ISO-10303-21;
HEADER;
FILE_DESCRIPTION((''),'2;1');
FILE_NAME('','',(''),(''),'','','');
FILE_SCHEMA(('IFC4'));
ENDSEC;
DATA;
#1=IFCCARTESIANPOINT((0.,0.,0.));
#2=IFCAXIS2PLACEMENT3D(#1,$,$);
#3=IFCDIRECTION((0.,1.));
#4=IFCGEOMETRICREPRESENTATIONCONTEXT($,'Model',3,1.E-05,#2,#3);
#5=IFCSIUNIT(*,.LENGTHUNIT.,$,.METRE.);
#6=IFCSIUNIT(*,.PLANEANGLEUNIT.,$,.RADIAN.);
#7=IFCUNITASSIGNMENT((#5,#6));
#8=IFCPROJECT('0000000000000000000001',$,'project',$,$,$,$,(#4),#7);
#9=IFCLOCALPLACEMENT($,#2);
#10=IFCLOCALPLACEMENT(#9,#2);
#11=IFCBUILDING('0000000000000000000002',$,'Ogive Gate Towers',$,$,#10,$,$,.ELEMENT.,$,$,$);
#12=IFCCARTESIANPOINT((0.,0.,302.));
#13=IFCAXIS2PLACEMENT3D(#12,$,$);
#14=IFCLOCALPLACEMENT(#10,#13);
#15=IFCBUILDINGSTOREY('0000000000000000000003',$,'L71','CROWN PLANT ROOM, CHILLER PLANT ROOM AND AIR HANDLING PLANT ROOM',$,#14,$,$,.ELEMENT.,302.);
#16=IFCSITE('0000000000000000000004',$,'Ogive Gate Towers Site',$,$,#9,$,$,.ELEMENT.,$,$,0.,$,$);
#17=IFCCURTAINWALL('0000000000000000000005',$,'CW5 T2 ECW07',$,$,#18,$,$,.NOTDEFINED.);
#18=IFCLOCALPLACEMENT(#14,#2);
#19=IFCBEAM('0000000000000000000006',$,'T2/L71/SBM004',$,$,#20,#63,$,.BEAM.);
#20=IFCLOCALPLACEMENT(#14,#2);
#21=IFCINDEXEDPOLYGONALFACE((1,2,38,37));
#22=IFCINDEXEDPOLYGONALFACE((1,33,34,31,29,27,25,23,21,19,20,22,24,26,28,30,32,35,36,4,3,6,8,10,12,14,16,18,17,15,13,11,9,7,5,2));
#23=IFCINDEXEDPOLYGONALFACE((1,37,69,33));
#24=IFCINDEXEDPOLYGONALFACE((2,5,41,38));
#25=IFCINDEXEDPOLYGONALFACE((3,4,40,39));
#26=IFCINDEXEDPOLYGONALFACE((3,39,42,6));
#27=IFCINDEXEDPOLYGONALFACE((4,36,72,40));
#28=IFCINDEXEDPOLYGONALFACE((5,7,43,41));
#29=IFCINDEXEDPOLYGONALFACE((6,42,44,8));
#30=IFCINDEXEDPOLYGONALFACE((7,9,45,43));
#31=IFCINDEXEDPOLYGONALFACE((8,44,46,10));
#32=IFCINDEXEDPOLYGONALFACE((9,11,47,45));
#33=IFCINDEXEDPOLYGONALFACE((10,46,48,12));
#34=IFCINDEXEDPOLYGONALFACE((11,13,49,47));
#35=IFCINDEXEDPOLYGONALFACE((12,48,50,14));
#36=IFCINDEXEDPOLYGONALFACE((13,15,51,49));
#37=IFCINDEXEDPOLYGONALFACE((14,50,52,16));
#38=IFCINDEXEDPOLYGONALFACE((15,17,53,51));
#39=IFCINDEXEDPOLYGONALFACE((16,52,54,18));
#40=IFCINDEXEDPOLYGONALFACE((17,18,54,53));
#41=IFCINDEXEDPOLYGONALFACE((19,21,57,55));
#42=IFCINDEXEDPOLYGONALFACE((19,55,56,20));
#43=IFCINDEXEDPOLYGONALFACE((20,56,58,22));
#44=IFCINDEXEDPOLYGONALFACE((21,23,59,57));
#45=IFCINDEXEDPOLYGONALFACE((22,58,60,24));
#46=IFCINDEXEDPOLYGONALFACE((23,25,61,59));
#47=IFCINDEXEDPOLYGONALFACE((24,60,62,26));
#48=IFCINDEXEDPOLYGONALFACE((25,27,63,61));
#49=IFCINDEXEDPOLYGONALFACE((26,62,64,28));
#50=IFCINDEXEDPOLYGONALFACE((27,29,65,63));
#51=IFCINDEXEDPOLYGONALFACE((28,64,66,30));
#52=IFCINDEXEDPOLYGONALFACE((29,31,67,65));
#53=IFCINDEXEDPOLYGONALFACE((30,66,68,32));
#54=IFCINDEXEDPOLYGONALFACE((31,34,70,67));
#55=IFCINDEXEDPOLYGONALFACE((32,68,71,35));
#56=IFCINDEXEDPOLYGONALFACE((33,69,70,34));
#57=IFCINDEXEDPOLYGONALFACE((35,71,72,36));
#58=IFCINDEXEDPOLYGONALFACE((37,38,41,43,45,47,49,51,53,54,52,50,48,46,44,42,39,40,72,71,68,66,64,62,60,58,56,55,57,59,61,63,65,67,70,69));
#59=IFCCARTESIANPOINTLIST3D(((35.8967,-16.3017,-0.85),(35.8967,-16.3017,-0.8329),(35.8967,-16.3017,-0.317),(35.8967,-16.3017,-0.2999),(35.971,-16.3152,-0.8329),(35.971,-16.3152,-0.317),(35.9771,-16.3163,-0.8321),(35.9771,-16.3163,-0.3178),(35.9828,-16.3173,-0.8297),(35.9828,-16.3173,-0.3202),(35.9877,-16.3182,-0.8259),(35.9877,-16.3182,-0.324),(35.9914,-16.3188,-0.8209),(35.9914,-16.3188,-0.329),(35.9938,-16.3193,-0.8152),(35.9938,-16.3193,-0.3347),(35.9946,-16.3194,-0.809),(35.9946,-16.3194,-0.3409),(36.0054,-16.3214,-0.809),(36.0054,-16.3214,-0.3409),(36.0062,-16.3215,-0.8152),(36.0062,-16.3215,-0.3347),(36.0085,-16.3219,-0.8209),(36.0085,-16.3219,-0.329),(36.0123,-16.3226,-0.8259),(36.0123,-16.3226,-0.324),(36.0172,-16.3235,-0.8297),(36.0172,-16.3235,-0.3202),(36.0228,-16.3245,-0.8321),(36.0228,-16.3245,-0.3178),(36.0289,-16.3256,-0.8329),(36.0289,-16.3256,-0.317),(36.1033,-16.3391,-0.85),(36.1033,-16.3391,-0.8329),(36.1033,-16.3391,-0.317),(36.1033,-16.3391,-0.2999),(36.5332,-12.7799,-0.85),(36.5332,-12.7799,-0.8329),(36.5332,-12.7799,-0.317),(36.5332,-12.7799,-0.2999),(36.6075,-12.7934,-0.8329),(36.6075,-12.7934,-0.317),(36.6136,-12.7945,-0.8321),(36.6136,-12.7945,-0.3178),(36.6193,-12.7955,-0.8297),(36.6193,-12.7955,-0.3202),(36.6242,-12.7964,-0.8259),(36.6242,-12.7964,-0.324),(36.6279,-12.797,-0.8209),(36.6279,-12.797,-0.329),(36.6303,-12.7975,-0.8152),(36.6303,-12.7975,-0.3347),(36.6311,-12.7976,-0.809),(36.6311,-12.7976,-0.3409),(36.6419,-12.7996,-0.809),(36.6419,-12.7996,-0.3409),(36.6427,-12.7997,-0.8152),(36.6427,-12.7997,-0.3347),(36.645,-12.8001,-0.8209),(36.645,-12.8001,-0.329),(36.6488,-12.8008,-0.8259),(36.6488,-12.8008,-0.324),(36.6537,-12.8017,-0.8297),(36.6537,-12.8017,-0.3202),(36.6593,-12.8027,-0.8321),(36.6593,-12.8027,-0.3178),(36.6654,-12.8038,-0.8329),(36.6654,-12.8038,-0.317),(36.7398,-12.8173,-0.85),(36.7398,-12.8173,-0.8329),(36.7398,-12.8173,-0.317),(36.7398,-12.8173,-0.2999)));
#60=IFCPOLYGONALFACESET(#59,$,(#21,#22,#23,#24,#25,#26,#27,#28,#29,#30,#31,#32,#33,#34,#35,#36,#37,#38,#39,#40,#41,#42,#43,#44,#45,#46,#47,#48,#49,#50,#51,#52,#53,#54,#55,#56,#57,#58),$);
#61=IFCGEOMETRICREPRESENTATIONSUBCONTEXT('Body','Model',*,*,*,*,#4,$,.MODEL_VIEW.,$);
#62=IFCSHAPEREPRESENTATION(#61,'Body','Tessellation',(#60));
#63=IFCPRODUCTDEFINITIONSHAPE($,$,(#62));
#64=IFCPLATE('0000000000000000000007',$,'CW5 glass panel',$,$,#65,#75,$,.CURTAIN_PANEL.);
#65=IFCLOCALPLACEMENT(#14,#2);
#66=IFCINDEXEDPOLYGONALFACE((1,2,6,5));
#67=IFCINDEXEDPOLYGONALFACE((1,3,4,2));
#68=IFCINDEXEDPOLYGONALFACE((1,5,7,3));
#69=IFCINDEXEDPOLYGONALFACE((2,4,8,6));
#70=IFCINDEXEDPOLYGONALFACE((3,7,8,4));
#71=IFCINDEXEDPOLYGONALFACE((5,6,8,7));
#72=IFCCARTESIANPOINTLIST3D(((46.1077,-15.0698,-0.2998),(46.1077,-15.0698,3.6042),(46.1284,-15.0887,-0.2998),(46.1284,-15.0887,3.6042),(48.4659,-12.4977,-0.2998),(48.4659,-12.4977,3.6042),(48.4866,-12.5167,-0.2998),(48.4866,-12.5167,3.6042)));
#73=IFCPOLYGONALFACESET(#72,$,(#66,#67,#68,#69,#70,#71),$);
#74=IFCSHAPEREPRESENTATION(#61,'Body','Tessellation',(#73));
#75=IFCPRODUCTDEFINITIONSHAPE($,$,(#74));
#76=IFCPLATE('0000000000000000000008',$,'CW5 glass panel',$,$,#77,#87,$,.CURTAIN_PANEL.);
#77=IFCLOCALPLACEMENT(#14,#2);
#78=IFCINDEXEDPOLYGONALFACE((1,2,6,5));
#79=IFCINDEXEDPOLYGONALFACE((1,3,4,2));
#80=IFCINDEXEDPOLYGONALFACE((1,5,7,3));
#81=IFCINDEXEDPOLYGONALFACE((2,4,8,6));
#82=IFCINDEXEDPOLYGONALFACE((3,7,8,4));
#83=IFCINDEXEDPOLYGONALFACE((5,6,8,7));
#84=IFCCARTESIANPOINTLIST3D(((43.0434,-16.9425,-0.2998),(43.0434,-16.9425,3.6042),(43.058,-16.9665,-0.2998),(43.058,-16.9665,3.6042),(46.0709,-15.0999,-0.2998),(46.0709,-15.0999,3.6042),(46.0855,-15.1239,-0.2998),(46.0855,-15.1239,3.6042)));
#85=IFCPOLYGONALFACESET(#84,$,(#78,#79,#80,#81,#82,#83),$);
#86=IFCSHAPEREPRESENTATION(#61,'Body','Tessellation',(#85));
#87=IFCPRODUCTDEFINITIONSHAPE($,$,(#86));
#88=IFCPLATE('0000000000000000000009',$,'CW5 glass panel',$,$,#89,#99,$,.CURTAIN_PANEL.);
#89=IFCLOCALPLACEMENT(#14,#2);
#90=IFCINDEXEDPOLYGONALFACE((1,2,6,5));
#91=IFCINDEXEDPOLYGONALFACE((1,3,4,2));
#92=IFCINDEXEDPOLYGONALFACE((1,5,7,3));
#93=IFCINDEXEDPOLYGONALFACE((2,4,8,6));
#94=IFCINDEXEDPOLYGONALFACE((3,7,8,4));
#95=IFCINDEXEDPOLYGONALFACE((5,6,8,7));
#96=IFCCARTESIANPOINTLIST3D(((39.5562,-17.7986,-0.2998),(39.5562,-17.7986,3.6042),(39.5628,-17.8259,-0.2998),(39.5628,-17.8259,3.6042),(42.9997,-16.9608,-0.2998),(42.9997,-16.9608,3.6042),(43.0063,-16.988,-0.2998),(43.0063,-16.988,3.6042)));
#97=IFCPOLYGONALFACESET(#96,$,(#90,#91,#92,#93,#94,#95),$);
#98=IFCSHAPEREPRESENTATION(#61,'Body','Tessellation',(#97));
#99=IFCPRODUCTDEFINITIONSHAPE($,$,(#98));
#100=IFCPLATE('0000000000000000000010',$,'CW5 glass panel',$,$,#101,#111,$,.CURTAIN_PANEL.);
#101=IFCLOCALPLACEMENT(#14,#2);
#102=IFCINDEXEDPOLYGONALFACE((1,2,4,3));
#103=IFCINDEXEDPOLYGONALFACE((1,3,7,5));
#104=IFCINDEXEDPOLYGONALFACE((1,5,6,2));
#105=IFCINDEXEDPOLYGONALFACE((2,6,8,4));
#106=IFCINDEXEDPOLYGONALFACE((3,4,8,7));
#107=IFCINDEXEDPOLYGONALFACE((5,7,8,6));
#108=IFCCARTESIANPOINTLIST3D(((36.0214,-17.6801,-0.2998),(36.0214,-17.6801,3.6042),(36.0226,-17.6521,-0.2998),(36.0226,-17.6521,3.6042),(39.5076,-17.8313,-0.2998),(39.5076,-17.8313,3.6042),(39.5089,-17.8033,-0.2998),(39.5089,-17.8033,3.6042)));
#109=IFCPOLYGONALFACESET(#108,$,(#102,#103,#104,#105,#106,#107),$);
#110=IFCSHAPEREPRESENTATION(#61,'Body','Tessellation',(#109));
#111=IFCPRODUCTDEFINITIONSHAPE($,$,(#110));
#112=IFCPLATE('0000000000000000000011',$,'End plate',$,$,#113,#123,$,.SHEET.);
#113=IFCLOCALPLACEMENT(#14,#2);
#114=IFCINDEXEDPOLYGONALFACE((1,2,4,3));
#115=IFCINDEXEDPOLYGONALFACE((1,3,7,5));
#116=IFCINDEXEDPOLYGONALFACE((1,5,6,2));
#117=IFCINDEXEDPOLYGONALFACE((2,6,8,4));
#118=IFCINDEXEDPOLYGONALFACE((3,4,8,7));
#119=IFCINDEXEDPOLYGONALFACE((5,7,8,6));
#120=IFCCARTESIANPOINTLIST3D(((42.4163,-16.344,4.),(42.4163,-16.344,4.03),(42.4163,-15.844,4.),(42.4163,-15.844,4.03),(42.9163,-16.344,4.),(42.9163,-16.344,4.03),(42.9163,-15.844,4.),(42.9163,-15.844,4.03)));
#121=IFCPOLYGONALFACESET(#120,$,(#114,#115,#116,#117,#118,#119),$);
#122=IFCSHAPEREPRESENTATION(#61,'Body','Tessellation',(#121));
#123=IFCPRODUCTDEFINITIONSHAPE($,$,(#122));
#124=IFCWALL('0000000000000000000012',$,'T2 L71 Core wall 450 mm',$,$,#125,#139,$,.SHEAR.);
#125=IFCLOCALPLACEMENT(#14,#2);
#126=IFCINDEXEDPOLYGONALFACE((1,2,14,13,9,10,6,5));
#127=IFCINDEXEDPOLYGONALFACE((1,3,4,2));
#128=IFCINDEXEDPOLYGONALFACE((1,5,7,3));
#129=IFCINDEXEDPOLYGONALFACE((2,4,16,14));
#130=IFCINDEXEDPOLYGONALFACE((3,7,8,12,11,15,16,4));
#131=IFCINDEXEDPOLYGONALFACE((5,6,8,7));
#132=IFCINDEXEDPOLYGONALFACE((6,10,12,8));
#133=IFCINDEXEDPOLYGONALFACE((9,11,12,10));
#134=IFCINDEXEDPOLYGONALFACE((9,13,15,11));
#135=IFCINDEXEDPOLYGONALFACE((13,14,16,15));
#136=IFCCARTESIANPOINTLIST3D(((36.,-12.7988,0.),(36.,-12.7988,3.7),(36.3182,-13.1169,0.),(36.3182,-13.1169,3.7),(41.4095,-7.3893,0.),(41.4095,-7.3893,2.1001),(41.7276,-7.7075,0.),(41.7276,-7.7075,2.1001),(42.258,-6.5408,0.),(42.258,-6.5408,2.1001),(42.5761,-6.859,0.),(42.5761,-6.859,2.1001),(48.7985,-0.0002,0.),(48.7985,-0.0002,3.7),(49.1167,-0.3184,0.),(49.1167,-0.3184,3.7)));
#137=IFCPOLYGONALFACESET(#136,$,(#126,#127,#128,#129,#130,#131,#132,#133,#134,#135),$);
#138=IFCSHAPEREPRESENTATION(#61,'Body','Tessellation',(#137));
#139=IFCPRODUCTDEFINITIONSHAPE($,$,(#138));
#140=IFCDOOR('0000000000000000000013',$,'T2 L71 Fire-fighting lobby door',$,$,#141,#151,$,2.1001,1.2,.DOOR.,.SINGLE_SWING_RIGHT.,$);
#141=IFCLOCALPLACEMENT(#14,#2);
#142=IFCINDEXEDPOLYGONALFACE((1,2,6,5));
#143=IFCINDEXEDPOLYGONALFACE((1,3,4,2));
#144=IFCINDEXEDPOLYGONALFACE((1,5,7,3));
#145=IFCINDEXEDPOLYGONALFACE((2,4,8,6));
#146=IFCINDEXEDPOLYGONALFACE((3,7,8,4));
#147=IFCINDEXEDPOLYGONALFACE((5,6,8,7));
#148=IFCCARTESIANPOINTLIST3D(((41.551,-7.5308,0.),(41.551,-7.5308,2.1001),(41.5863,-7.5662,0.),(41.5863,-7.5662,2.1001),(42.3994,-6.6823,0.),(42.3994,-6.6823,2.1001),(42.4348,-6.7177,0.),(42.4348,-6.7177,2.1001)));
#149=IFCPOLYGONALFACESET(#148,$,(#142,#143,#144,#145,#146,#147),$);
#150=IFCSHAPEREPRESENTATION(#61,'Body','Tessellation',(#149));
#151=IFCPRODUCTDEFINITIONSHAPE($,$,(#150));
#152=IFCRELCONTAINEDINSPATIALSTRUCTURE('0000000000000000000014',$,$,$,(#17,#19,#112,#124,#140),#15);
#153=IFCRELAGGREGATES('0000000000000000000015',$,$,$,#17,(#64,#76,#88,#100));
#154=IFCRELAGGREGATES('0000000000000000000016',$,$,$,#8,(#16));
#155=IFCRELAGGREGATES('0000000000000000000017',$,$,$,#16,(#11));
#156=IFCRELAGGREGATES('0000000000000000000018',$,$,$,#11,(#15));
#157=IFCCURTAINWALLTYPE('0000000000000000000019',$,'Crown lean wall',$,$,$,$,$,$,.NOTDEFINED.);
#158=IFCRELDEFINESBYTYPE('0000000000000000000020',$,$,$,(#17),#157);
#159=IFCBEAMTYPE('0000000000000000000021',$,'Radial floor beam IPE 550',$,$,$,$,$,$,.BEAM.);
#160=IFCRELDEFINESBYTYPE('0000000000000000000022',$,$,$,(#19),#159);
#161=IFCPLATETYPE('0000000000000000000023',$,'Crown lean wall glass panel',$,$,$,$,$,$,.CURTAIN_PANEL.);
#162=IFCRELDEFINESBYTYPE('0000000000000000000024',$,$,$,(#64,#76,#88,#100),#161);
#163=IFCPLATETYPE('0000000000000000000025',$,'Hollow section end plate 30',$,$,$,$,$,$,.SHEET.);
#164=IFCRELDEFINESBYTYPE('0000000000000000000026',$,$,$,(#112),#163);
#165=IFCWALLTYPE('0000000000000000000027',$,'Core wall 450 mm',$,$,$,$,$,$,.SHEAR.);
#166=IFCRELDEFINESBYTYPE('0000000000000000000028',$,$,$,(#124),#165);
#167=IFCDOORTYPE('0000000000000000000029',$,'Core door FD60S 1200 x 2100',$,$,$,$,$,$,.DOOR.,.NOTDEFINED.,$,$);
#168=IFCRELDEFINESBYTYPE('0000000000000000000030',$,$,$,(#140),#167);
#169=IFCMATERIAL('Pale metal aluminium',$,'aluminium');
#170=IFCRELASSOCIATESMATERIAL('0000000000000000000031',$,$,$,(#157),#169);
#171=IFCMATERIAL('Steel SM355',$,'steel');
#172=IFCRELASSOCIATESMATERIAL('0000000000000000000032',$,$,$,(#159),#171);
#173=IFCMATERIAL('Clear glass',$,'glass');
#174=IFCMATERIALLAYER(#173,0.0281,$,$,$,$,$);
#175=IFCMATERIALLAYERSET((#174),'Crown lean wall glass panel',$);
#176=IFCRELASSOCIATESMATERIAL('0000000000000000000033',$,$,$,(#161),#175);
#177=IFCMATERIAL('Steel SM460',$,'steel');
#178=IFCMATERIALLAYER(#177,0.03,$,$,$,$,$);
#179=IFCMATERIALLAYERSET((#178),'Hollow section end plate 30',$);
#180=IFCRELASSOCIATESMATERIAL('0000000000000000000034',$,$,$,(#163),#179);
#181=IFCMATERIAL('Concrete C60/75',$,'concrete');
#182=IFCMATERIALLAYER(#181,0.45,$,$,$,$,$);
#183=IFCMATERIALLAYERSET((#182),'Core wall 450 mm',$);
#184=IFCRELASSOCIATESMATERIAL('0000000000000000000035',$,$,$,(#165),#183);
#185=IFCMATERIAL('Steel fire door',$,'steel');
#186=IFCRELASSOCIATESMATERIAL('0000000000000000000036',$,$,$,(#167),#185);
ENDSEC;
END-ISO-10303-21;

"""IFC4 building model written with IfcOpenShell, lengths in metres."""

from ifc_helpers import new_model, si_unit, direction, frame, frame_2d, origin, origin_2d, place, context, subcontext, project, spatial, polyline, rectangle, i_section, outline, extrude, material, layer, layer_set, material_profile, profile_set, type_object, element, fill, aggregate, save


model = new_model("IFC4")

# Units and contexts
model_context = context("Model", 3, precision=1e-05, world=origin(), true_north=direction((0.0, 1.0)))
body_context = subcontext(model_context, "Body", "Model", "MODEL_VIEW")
ifc_project = project(units=[si_unit("LENGTHUNIT", "METRE"), si_unit("PLANEANGLEUNIT", "RADIAN")], contexts=[model_context])

# Site, building, storey
site_placement = place(None, origin())
site = spatial("IfcSite", under=ifc_project, at=site_placement, Name="Ogive Gate Towers Site", CompositionType="ELEMENT", RefElevation=0.0)
building_placement = place(site_placement, origin())
building = spatial("IfcBuilding", under=site, at=building_placement, Name="Ogive Gate Towers", CompositionType="ELEMENT")
storey_placement = place(building_placement, frame((0.0, 0.0, 302.0)))
storey = spatial("IfcBuildingStorey", under=building, at=storey_placement, Name="L71", Description="CROWN PLANT ROOM, CHILLER PLANT ROOM AND AIR HANDLING PLANT ROOM", CompositionType="ELEMENT", Elevation=302.0)

# Shared definitions
ifc_material_1 = material(Name="Steel SM460", Category="steel")

# Shared definitions
ifc_material_2 = material(Name="Pale metal aluminium", Category="aluminium")
curtain_wall_type = type_object("IfcCurtainWallType", Name="Crown lean wall", PredefinedType="NOTDEFINED", material=ifc_material_2)

# Curtain wall
curtain_wall_1_placement = place(storey_placement, origin())
curtain_wall_1 = element("IfcCurtainWall", 1, at=curtain_wall_1_placement, inside=storey, type_object=curtain_wall_type, Name="CW5 T2 ECW07", PredefinedType="NOTDEFINED")

# Beam
ifc_material_3 = material(Name="Steel SM355", Category="steel")
ifc_material_profile_1 = material_profile(ifc_material_3, i_section(OverallWidth=0.21, OverallDepth=0.55, WebThickness=0.011, FlangeThickness=0.0171, FilletRadius=0.0239, at=origin_2d()), Name="IPE 550")
ifc_profile_set_1 = profile_set([ifc_material_profile_1], Name="Steel SM355")
beam_type_1 = type_object("IfcBeamType", Name="Radial floor beam IPE 550", PredefinedType="BEAM", material=ifc_profile_set_1)
beam_1_placement = place(storey_placement, frame((36.6365, -12.7986, -0.575), z_axis=(-0.177847, -0.984058, 0.0), x_axis=(0.984058, -0.177847, 0.0)))
element("IfcBeam", 2, at=beam_1_placement, inside=storey, type_object=beam_type_1, Name="T2/L71/SBM004", PredefinedType="BEAM", context=body_context, shape_type="SweptSolid", body=[
    extrude(i_section(OverallWidth=0.21, OverallDepth=0.55, WebThickness=0.011, FlangeThickness=0.0171, FilletRadius=0.0239, at=origin_2d()), origin(), (0.0, 0.0, 1.0), 3.5789),
])

# Plates
ifc_material_4 = material(Name="Clear glass", Category="glass")
ifc_layer_1 = layer(ifc_material_4, 0.0281)
ifc_layer_set_1 = layer_set([ifc_layer_1], Name="Crown lean wall glass panel")
plate_type_1 = type_object("IfcPlateType", Name="Crown lean wall glass panel", PredefinedType="CURTAIN_PANEL", material=ifc_layer_set_1)
plate_1_placement = place(storey_placement, frame((47.2971, -13.7932, -0.2998), z_axis=(0.0, 0.0, 1.0), x_axis=(-0.675796, -0.737089, 0.0)))
plate_1 = element("IfcPlate", 3, at=plate_1_placement, type_object=plate_type_1, Name="CW5 glass panel", PredefinedType="CURTAIN_PANEL", context=body_context, shape_type="SweptSolid", body=[
    extrude(rectangle(XDim=3.4895, YDim=0.0281, at=origin_2d()), origin(), (0.0, 0.0, 1.0), 3.9041),
])
plate_2_placement = place(storey_placement, frame((44.5645, -16.0332, -0.2998), z_axis=(0.0, 0.0, 1.0), x_axis=(-0.854232, -0.519892, 0.0)))
plate_2 = element("IfcPlate", 4, at=plate_2_placement, type_object=plate_type_1, Name="CW5 glass panel", PredefinedType="CURTAIN_PANEL", context=body_context, shape_type="SweptSolid", body=[
    extrude(rectangle(XDim=3.5442, YDim=0.0281, at=origin_2d()), origin(), (0.0, 0.0, 1.0), 3.9041),
])
plate_3_placement = place(storey_placement, frame((41.2812, -17.3933, -0.2998), z_axis=(0.0, 0.0, 1.0), x_axis=(-0.971652, -0.236414, 0.0)))
plate_3 = element("IfcPlate", 5, at=plate_3_placement, type_object=plate_type_1, Name="CW5 glass panel", PredefinedType="CURTAIN_PANEL", context=body_context, shape_type="SweptSolid", body=[
    extrude(rectangle(XDim=3.5439, YDim=0.0281, at=origin_2d()), origin(), (0.0, 0.0, 1.0), 3.9041),
])
plate_4_placement = place(storey_placement, frame((37.7651, -17.7417, -0.2998), z_axis=(0.0, 0.0, 1.0), x_axis=(-0.99906, 0.04334, 0.0)))
plate_4 = element("IfcPlate", 6, at=plate_4_placement, type_object=plate_type_1, Name="CW5 glass panel", PredefinedType="CURTAIN_PANEL", context=body_context, shape_type="SweptSolid", body=[
    extrude(rectangle(XDim=3.4895, YDim=0.0281, at=origin_2d()), origin(), (0.0, 0.0, 1.0), 3.9041),
])
aggregate(curtain_wall_1, [plate_1, plate_2, plate_3, plate_4])
ifc_layer_2 = layer(ifc_material_1, 0.03)
ifc_layer_set_2 = layer_set([ifc_layer_2], Name="Hollow section end plate 30")
plate_type_2 = type_object("IfcPlateType", Name="Hollow section end plate 30", PredefinedType="SHEET", material=ifc_layer_set_2)
plate_5_placement = place(storey_placement, frame((42.4163, -16.344, 4.03), z_axis=(0.0, 0.0, 1.0), x_axis=(1.0, 0.0, 0.0)))
element("IfcPlate", 7, at=plate_5_placement, inside=storey, type_object=plate_type_2, Name="End plate", PredefinedType="SHEET", context=body_context, shape_type="SweptSolid", body=[
    extrude(outline(polyline([(0.0, 0.0), (0.5, 0.0), (0.5, 0.5), (0.0, 0.5), (0.0, 0.0)])), origin(), (0.0, 0.0, -1.0), 0.03),
])

# Wall, opening, door
ifc_material_5 = material(Name="Concrete C60/75", Category="concrete")
ifc_layer_3 = layer(ifc_material_5, 0.45)
ifc_layer_set_3 = layer_set([ifc_layer_3], Name="Core wall 450 mm")
wall_type_1 = type_object("IfcWallType", Name="Core wall 450 mm", PredefinedType="SHEAR", material=ifc_layer_set_3)
wall_1_placement = place(storey_placement, frame((36.1592, -12.9578, 0.0), z_axis=(0.0, 0.0, 1.0), x_axis=(0.707107, 0.707107, 0.0)))
wall_1 = element("IfcWall", 8, at=wall_1_placement, inside=storey, type_object=wall_type_1, Name="T2 L71 Core wall 450 mm", PredefinedType="SHEAR", context=body_context, shape_type="SweptSolid", body=[
    extrude(rectangle(XDim=18.0999, YDim=0.45, at=frame_2d((9.0498, 0.0))), origin(), (0.0, 0.0, 1.0), 3.7),
])
opening_1_placement = place(wall_1_placement, frame((7.6499, 0.0, 0.0)))
opening_1 = element("IfcOpeningElement", 9, at=opening_1_placement, cuts=wall_1, PredefinedType="OPENING", context=body_context, shape_type="SweptSolid", body=[
    extrude(rectangle(XDim=1.2, YDim=2.1001, at=frame_2d((0.6001, 1.05))), frame((0.0, 0.2349, 0.0), z_axis=(0.0, -1.0, 0.0), x_axis=(1.0, 0.0, 0.0)), (0.0, 0.0, 1.0), 0.47),
])
ifc_material_6 = material(Name="Steel fire door", Category="steel")
door_type_1 = type_object("IfcDoorType", Name="Core door FD60S 1200 x 2100", OperationType="NOTDEFINED", PredefinedType="DOOR", material=ifc_material_6)
door_1_placement = place(opening_1_placement, origin())
door_1 = element("IfcDoor", 10, at=door_1_placement, inside=storey, type_object=door_type_1, Name="T2 L71 Fire-fighting lobby door", OperationType="SINGLE_SWING_RIGHT", OverallHeight=2.1001, OverallWidth=1.2, PredefinedType="DOOR", context=body_context, shape_type="SweptSolid", body=[
    extrude(rectangle(XDim=1.2, YDim=2.1001, at=frame_2d((0.6001, 1.05))), frame((0.0, 0.0249, 0.0), z_axis=(0.0, -1.0, 0.0), x_axis=(1.0, 0.0, 0.0)), (0.0, 0.0, 1.0), 0.05),
])
fill(opening_1, door_1)

save(model, "model.ifc")
